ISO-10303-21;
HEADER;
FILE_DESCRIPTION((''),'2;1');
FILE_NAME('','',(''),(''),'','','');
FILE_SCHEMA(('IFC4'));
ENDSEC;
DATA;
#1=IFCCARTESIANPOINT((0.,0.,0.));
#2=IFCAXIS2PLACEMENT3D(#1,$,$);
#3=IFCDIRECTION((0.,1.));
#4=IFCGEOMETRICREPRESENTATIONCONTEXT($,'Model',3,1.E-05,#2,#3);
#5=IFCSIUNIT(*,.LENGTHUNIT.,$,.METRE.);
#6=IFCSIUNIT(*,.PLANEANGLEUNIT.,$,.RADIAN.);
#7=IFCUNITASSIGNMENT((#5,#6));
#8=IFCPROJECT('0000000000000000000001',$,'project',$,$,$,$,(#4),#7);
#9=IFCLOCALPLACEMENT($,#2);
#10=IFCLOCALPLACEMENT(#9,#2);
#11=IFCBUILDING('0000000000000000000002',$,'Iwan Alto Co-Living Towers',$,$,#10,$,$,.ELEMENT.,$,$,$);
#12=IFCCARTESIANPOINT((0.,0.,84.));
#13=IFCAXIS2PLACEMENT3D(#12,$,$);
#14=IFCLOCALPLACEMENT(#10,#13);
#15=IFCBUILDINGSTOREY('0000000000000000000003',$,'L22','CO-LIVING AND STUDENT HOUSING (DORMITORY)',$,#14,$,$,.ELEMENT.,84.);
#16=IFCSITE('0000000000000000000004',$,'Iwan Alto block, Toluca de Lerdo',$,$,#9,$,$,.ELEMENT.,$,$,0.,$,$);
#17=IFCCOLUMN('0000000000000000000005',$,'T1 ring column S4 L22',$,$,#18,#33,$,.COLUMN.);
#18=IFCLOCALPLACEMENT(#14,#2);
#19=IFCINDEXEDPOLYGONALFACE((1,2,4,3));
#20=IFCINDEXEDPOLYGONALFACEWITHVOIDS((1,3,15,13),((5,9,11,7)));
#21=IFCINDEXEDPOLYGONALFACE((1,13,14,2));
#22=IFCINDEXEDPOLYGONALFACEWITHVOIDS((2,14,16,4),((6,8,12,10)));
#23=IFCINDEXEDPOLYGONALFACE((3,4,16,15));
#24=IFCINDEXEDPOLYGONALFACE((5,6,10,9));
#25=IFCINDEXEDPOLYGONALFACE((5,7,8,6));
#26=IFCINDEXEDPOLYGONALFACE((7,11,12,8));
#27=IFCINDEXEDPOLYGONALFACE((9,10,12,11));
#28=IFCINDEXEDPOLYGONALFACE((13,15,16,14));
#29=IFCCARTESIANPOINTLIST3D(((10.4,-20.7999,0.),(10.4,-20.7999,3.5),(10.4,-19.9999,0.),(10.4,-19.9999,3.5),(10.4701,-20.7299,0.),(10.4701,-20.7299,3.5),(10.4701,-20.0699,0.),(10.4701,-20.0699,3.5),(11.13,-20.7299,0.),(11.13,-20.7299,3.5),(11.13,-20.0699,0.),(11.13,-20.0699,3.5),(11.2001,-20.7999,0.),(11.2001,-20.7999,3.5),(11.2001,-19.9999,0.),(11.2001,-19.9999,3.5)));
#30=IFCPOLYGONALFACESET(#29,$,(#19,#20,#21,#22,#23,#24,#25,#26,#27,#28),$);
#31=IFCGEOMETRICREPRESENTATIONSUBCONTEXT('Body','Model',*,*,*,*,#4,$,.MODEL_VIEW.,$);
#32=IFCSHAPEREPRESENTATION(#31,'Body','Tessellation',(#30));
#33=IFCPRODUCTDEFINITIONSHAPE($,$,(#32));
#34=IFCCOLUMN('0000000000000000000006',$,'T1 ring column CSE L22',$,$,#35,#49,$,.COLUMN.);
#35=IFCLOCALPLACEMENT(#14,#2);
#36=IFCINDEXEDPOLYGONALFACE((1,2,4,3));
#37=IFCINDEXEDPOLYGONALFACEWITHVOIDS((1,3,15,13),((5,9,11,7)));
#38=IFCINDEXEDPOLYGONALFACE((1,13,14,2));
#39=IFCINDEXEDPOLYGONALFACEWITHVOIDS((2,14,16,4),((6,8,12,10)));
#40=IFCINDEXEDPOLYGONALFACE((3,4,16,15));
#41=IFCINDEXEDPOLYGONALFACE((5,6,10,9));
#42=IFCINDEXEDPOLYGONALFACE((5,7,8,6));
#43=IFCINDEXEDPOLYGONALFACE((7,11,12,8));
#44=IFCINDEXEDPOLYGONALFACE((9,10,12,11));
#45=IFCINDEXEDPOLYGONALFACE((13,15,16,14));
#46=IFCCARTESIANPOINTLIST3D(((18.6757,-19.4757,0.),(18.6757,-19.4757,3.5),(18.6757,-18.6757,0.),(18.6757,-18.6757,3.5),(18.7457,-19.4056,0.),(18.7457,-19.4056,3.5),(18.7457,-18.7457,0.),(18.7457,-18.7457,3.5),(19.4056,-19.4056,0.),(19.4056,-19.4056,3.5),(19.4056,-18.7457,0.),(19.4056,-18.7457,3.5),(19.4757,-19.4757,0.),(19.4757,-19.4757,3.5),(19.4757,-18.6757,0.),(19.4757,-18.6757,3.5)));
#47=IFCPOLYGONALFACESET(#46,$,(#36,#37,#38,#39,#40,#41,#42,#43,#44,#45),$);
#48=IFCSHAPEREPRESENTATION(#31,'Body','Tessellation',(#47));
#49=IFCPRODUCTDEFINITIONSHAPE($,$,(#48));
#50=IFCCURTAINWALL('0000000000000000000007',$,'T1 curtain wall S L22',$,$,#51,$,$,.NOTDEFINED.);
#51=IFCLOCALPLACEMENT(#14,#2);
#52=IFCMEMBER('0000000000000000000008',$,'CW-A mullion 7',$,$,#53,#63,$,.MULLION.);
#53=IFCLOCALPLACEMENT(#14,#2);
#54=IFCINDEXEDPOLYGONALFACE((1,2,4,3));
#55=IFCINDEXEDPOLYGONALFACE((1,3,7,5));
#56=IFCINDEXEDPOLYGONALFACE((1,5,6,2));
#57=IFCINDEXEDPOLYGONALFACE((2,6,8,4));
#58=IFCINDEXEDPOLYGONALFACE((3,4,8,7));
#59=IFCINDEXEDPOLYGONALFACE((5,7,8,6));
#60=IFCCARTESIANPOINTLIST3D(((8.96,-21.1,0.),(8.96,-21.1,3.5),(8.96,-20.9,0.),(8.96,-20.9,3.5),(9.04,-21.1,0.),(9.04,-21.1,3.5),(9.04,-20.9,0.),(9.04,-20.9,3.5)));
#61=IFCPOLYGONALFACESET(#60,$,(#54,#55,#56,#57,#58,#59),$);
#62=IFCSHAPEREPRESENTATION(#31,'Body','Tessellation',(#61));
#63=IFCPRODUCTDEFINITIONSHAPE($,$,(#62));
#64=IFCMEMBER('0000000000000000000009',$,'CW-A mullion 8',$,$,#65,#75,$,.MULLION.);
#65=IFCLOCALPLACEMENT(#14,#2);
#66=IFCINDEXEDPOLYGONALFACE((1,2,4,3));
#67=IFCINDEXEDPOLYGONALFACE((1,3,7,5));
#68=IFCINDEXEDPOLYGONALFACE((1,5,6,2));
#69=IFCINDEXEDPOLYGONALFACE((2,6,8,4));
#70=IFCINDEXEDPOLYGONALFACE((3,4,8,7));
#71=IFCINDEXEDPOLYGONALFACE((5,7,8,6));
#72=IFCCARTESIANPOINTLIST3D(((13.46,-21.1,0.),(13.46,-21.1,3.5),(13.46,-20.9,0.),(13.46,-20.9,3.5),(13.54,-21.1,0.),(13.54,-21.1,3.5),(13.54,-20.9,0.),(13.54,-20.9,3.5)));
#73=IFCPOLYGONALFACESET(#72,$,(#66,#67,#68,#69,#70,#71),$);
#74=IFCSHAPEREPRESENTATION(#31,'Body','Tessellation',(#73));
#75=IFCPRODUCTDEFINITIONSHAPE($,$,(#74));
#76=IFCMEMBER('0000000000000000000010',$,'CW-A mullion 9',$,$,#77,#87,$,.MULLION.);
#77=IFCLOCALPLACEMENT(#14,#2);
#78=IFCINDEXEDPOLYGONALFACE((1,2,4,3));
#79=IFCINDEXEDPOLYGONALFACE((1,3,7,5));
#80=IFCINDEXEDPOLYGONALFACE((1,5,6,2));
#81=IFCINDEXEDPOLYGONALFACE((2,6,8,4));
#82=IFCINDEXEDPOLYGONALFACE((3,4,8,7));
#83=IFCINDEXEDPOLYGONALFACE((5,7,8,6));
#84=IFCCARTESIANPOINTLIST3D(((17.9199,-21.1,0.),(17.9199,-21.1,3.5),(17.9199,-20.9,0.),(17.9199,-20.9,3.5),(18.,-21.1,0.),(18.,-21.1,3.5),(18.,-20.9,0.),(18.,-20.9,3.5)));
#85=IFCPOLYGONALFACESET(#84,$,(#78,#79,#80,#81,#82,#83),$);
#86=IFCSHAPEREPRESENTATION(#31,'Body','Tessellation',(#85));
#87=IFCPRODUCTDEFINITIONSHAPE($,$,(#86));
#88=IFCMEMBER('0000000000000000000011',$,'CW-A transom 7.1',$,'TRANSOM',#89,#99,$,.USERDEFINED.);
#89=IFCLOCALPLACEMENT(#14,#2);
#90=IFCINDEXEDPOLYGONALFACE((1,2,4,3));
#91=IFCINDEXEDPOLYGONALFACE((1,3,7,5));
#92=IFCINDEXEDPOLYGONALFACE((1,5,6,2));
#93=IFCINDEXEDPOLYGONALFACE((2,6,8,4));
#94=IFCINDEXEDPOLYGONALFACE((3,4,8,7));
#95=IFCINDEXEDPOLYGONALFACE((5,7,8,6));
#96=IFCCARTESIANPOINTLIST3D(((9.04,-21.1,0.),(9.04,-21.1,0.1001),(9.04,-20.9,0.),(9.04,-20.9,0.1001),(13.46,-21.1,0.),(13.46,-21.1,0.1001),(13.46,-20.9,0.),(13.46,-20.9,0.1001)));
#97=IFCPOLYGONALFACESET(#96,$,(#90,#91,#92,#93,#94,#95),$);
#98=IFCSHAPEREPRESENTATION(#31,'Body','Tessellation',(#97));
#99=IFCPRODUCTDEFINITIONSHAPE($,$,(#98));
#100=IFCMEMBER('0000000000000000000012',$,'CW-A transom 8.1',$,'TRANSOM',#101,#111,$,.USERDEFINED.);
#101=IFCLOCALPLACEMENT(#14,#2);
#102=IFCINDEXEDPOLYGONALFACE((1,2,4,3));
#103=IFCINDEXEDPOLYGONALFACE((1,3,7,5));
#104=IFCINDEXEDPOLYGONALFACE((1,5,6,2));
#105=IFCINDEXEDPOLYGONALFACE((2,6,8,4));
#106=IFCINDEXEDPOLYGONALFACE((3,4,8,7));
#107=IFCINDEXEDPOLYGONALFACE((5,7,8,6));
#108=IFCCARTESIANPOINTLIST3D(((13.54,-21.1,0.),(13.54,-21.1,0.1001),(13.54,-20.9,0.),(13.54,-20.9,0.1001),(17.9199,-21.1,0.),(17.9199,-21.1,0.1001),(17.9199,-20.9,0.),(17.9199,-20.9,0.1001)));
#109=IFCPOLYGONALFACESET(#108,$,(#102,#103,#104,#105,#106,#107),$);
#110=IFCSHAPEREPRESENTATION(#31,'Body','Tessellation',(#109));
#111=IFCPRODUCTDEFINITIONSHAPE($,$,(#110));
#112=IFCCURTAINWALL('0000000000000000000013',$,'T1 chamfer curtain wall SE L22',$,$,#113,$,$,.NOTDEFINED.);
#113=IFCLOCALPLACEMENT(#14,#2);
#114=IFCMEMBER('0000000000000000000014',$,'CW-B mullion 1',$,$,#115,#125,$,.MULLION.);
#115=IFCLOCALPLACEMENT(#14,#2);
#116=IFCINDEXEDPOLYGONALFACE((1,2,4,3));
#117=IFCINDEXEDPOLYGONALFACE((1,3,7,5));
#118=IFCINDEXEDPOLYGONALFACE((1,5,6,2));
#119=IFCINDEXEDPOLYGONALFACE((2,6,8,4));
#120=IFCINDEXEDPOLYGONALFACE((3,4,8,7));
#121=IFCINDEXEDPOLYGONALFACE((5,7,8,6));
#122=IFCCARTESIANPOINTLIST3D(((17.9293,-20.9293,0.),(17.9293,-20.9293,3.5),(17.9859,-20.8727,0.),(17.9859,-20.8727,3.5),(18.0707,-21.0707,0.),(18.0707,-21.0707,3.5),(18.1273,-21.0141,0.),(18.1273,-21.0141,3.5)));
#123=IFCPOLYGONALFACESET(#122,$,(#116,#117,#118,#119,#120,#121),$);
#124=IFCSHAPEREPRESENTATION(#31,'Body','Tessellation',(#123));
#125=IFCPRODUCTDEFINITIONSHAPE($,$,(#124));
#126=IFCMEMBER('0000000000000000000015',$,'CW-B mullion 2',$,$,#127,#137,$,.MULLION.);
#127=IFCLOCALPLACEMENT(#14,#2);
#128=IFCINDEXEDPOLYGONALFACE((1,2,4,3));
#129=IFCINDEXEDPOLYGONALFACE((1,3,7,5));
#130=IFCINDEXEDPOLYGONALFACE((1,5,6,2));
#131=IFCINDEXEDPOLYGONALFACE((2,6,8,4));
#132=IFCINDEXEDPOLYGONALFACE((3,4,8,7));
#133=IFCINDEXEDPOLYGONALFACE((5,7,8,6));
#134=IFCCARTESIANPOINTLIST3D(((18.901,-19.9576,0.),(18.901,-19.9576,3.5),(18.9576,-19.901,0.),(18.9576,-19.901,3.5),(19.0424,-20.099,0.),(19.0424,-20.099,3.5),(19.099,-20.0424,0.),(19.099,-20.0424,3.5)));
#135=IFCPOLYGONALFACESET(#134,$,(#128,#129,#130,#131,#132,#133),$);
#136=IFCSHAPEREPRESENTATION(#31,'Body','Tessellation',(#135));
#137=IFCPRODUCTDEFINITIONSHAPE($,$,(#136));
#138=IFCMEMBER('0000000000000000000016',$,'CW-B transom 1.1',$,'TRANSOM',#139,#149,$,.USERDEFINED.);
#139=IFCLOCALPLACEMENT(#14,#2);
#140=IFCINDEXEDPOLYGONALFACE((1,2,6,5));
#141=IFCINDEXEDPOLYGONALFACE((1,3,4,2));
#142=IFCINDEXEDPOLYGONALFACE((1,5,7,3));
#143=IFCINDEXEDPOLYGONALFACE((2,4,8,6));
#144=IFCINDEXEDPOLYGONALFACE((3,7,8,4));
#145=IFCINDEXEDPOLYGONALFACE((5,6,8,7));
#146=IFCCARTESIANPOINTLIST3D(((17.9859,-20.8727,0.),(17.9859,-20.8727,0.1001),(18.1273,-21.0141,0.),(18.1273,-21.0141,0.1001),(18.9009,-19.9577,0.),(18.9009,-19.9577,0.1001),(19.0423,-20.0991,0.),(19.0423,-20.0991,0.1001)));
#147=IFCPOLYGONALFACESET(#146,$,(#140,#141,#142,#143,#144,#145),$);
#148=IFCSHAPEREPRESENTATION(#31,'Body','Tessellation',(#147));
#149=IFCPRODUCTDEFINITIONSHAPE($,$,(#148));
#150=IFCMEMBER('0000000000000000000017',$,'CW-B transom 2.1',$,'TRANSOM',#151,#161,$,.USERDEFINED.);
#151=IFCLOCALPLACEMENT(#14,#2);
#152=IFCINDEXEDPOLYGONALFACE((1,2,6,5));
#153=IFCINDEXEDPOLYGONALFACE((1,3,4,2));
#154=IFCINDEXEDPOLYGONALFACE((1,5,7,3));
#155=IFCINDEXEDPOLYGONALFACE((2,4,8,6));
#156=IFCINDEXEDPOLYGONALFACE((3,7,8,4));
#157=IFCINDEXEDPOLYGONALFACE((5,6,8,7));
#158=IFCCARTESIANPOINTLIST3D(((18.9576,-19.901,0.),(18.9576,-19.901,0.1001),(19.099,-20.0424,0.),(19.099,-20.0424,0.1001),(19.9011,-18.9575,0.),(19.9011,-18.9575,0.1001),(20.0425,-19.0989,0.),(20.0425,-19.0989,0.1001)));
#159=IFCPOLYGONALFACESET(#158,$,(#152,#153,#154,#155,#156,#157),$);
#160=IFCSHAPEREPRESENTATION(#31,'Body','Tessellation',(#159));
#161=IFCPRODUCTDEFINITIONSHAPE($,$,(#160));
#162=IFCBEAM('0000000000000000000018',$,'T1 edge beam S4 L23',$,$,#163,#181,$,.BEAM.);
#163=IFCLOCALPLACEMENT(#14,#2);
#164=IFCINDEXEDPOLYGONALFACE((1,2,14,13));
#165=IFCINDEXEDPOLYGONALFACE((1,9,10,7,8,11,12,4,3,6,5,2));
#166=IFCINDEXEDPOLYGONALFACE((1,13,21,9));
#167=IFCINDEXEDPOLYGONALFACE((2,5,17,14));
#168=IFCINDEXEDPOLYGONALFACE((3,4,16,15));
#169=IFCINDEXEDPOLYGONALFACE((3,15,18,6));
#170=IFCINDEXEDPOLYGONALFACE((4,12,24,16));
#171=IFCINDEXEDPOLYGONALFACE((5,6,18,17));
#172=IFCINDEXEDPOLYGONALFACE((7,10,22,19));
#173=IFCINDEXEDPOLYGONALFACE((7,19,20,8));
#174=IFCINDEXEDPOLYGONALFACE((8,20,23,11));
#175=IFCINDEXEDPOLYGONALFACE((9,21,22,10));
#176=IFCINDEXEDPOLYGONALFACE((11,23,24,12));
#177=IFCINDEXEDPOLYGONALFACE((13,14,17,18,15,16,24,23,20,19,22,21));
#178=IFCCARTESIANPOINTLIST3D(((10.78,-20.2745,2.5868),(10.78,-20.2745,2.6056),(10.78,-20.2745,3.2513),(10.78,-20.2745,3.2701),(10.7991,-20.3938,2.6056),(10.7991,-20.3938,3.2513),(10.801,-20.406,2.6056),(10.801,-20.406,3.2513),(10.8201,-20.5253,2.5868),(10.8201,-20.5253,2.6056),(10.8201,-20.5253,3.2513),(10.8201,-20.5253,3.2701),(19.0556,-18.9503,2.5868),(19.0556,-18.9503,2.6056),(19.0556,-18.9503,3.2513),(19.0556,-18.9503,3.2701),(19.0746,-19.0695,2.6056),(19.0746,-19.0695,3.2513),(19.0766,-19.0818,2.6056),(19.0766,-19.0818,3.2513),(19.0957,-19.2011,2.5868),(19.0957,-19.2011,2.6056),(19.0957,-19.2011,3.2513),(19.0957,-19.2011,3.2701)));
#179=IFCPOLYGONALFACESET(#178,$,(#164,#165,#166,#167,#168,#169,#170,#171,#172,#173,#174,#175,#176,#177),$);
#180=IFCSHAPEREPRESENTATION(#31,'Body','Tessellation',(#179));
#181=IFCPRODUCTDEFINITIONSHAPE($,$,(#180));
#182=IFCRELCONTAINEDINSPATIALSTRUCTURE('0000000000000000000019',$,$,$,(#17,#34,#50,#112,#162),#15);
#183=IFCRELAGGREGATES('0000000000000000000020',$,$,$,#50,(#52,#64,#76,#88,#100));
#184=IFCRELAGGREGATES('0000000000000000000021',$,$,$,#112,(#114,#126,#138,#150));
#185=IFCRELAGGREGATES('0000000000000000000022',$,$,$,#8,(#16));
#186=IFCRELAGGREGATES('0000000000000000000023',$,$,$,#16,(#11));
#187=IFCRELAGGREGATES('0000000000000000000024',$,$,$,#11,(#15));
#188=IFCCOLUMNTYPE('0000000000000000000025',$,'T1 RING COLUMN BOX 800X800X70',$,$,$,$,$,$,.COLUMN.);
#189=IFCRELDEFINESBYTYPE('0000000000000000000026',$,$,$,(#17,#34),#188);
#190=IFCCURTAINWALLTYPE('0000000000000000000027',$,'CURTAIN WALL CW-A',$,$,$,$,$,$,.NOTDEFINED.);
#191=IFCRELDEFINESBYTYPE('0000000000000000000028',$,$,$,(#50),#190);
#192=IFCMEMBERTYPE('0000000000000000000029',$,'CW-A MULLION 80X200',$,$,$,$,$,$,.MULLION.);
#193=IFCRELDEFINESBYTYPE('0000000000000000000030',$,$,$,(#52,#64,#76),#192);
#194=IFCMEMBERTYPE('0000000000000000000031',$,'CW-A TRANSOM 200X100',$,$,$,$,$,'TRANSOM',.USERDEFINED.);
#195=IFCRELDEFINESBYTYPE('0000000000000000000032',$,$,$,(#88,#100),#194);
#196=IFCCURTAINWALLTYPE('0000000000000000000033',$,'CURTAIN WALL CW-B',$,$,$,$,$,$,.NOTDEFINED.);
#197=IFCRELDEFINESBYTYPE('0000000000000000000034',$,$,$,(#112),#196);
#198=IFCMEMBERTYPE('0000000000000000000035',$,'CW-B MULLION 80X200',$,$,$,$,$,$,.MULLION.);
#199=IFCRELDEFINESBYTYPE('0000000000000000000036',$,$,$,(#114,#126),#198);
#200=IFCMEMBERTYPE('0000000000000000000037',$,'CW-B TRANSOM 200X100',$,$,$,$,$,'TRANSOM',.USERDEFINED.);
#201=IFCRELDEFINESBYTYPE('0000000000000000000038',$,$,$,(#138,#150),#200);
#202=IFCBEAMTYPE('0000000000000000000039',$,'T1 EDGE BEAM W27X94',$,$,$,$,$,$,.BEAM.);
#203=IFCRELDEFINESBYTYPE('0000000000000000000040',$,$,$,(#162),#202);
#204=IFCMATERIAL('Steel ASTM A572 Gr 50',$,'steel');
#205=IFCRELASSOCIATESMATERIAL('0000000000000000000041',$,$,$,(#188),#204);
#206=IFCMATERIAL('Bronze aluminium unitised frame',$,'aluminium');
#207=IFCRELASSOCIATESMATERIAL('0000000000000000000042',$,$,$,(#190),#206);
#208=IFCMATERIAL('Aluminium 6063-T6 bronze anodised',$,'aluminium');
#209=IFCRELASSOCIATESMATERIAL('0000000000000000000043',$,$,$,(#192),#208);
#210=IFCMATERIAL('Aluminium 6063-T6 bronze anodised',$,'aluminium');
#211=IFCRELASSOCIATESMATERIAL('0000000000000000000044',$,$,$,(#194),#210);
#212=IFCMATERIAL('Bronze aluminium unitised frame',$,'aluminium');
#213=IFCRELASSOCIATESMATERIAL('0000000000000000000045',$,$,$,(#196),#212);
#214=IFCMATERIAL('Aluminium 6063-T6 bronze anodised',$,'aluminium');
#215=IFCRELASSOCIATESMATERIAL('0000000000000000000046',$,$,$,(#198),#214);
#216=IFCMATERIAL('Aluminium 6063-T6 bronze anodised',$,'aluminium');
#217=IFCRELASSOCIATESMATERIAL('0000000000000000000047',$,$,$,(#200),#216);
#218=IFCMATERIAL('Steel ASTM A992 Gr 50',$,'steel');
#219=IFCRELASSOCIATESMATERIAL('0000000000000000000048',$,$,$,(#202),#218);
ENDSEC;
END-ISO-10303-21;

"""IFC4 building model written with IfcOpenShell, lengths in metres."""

from ifc_helpers import new_model, si_unit, direction, frame, origin, origin_2d, place, context, subcontext, project, spatial, rectangle, hollow_rectangle, i_section, extrude, material, material_profile, profile_set, type_object, element, aggregate, save


model = new_model("IFC4")

# Units and contexts
model_context = context("Model", 3, precision=1e-05, world=origin(), true_north=direction((0.0, 1.0)))
body_context = subcontext(model_context, "Body", "Model", "MODEL_VIEW")
ifc_project = project(units=[si_unit("LENGTHUNIT", "METRE"), si_unit("PLANEANGLEUNIT", "RADIAN")], contexts=[model_context])

# Site, building, storey
site_placement = place(None, origin())
site = spatial("IfcSite", under=ifc_project, at=site_placement, Name="Iwan Alto block, Toluca de Lerdo", CompositionType="ELEMENT", RefElevation=0.0)
building_placement = place(site_placement, origin())
building = spatial("IfcBuilding", under=site, at=building_placement, Name="Iwan Alto Co-Living Towers", CompositionType="ELEMENT")
storey_placement = place(building_placement, frame((0.0, 0.0, 84.0)))
storey = spatial("IfcBuildingStorey", under=building, at=storey_placement, Name="L22", Description="CO-LIVING AND STUDENT HOUSING (DORMITORY)", CompositionType="ELEMENT", Elevation=84.0)

# Columns
ifc_material_1 = material(Name="Steel ASTM A572 Gr 50", Category="steel")
ifc_material_profile_1 = material_profile(ifc_material_1, hollow_rectangle(XDim=0.8, YDim=0.8, WallThickness=0.0701, at=origin_2d()), Name="BOX 800X800X70")
ifc_profile_set_1 = profile_set([ifc_material_profile_1], Name="Steel ASTM A572 Gr 50")
column_type = type_object("IfcColumnType", Name="T1 RING COLUMN BOX 800X800X70", PredefinedType="COLUMN", material=ifc_profile_set_1)
for number, where, z_axis, x_axis, name in (
    (1, (10.8, -20.3999, 0.0), (0.0, 0.0, 1.0), (1.0, 0.0, 0.0), "T1 ring column S4 L22"),
    (2, (19.0757, -19.0757, 0.0), (0.0, 0.0, 1.0), (1.0, 0.0, 0.0), "T1 ring column CSE L22"),
):
    element("IfcColumn", number, at=place(storey_placement, frame(where, z_axis=z_axis, x_axis=x_axis)), inside=storey, type_object=column_type, Name=name, PredefinedType="COLUMN", context=body_context, shape_type="SweptSolid", body=[
        extrude(hollow_rectangle(XDim=0.8, YDim=0.8, WallThickness=0.0701, at=origin_2d()), origin(), (0.0, 0.0, 1.0), 3.5),
    ])

# Curtain walls, members
ifc_material_2 = material(Name="Bronze aluminium unitised frame", Category="aluminium")
curtain_wall_type_1 = type_object("IfcCurtainWallType", Name="CURTAIN WALL CW-A", PredefinedType="NOTDEFINED", material=ifc_material_2)
curtain_wall_1_placement = place(storey_placement, origin())
curtain_wall_1 = element("IfcCurtainWall", 3, at=curtain_wall_1_placement, inside=storey, type_object=curtain_wall_type_1, Name="T1 curtain wall S L22", PredefinedType="NOTDEFINED")
ifc_material_3 = material(Name="Aluminium 6063-T6 bronze anodised", Category="aluminium")
ifc_material_profile_2 = material_profile(ifc_material_3, rectangle(XDim=0.2, YDim=0.0801, at=origin_2d()), Name="AL 80X200")
ifc_profile_set_2 = profile_set([ifc_material_profile_2], Name="Aluminium 6063-T6 bronze anodised")
member_type_1 = type_object("IfcMemberType", Name="CW-A MULLION 80X200", PredefinedType="MULLION", material=ifc_profile_set_2)
member_1_placement = place(storey_placement, frame((9.0, -21.0, 0.0), z_axis=(0.0, 0.0, 1.0), x_axis=(0.0, 1.0, 0.0)))
member_1 = element("IfcMember", 4, at=member_1_placement, type_object=member_type_1, Name="CW-A mullion 7", PredefinedType="MULLION", context=body_context, shape_type="SweptSolid", body=[
    extrude(rectangle(XDim=0.2, YDim=0.0801, at=origin_2d()), origin(), (0.0, 0.0, 1.0), 3.5),
])
member_2_placement = place(storey_placement, frame((13.5, -21.0, 0.0), z_axis=(0.0, 0.0, 1.0), x_axis=(0.0, 1.0, 0.0)))
member_2 = element("IfcMember", 5, at=member_2_placement, type_object=member_type_1, Name="CW-A mullion 8", PredefinedType="MULLION", context=body_context, shape_type="SweptSolid", body=[
    extrude(rectangle(XDim=0.2, YDim=0.0801, at=origin_2d()), origin(), (0.0, 0.0, 1.0), 3.5),
])
member_3_placement = place(storey_placement, frame((17.96, -21.0, 0.0), z_axis=(0.0, 0.0, 1.0), x_axis=(0.0, 1.0, 0.0)))
member_3 = element("IfcMember", 6, at=member_3_placement, type_object=member_type_1, Name="CW-A mullion 9", PredefinedType="MULLION", context=body_context, shape_type="SweptSolid", body=[
    extrude(rectangle(XDim=0.2, YDim=0.0801, at=origin_2d()), origin(), (0.0, 0.0, 1.0), 3.5),
])
ifc_material_4 = material(Name="Aluminium 6063-T6 bronze anodised", Category="aluminium")
ifc_material_profile_3 = material_profile(ifc_material_4, rectangle(XDim=0.2, YDim=0.1001, at=origin_2d()), Name="AL 200X100")
ifc_profile_set_3 = profile_set([ifc_material_profile_3], Name="Aluminium 6063-T6 bronze anodised")
member_type_2 = type_object("IfcMemberType", Name="CW-A TRANSOM 200X100", ElementType="TRANSOM", PredefinedType="USERDEFINED", material=ifc_profile_set_3)
member_4_placement = place(storey_placement, frame((9.04, -21.0, 0.05), z_axis=(1.0, 0.0, 0.0), x_axis=(0.0, 1.0, 0.0)))
member_4 = element("IfcMember", 7, at=member_4_placement, type_object=member_type_2, Name="CW-A transom 7.1", ObjectType="TRANSOM", PredefinedType="USERDEFINED", context=body_context, shape_type="SweptSolid", body=[
    extrude(rectangle(XDim=0.2, YDim=0.1001, at=origin_2d()), origin(), (0.0, 0.0, 1.0), 4.4199),
])
member_5_placement = place(storey_placement, frame((13.54, -21.0, 0.05), z_axis=(1.0, 0.0, 0.0), x_axis=(0.0, 1.0, 0.0)))
member_5 = element("IfcMember", 8, at=member_5_placement, type_object=member_type_2, Name="CW-A transom 8.1", ObjectType="TRANSOM", PredefinedType="USERDEFINED", context=body_context, shape_type="SweptSolid", body=[
    extrude(rectangle(XDim=0.2, YDim=0.1001, at=origin_2d()), origin(), (0.0, 0.0, 1.0), 4.3799),
])
ifc_material_5 = material(Name="Bronze aluminium unitised frame", Category="aluminium")
curtain_wall_type_2 = type_object("IfcCurtainWallType", Name="CURTAIN WALL CW-B", PredefinedType="NOTDEFINED", material=ifc_material_5)
curtain_wall_2_placement = place(storey_placement, origin())
curtain_wall_2 = element("IfcCurtainWall", 9, at=curtain_wall_2_placement, inside=storey, type_object=curtain_wall_type_2, Name="T1 chamfer curtain wall SE L22", PredefinedType="NOTDEFINED")
ifc_material_6 = material(Name="Aluminium 6063-T6 bronze anodised", Category="aluminium")
ifc_material_profile_4 = material_profile(ifc_material_6, rectangle(XDim=0.2, YDim=0.0801, at=origin_2d()), Name="AL 80X200")
ifc_profile_set_4 = profile_set([ifc_material_profile_4], Name="Aluminium 6063-T6 bronze anodised")
member_type_3 = type_object("IfcMemberType", Name="CW-B MULLION 80X200", PredefinedType="MULLION", material=ifc_profile_set_4)
member_6_placement = place(storey_placement, frame((18.0283, -20.9717, 0.0), z_axis=(0.0, 0.0, 1.0), x_axis=(-0.707107, 0.707107, 0.0)))
member_6 = element("IfcMember", 10, at=member_6_placement, type_object=member_type_3, Name="CW-B mullion 1", PredefinedType="MULLION", context=body_context, shape_type="SweptSolid", body=[
    extrude(rectangle(XDim=0.2, YDim=0.0801, at=origin_2d()), origin(), (0.0, 0.0, 1.0), 3.5),
])
member_7_placement = place(storey_placement, frame((19.0, -20.0, 0.0), z_axis=(0.0, 0.0, 1.0), x_axis=(-0.707107, 0.707107, 0.0)))
member_7 = element("IfcMember", 11, at=member_7_placement, type_object=member_type_3, Name="CW-B mullion 2", PredefinedType="MULLION", context=body_context, shape_type="SweptSolid", body=[
    extrude(rectangle(XDim=0.2, YDim=0.0801, at=origin_2d()), origin(), (0.0, 0.0, 1.0), 3.5),
])
ifc_material_7 = material(Name="Aluminium 6063-T6 bronze anodised", Category="aluminium")
ifc_material_profile_5 = material_profile(ifc_material_7, rectangle(XDim=0.2, YDim=0.1001, at=origin_2d()), Name="AL 200X100")
ifc_profile_set_5 = profile_set([ifc_material_profile_5], Name="Aluminium 6063-T6 bronze anodised")
member_type_4 = type_object("IfcMemberType", Name="CW-B TRANSOM 200X100", ElementType="TRANSOM", PredefinedType="USERDEFINED", material=ifc_profile_set_5)
member_8_placement = place(storey_placement, frame((18.0566, -20.9434, 0.05), z_axis=(0.707107, 0.707107, 0.0), x_axis=(-0.707107, 0.707107, 0.0)))
member_8 = element("IfcMember", 12, at=member_8_placement, type_object=member_type_4, Name="CW-B transom 1.1", ObjectType="TRANSOM", PredefinedType="USERDEFINED", context=body_context, shape_type="SweptSolid", body=[
    extrude(rectangle(XDim=0.2, YDim=0.1001, at=origin_2d()), origin(), (0.0, 0.0, 1.0), 1.2939),
])
member_9_placement = place(storey_placement, frame((19.0283, -19.9717, 0.05), z_axis=(0.707107, 0.707107, 0.0), x_axis=(-0.707107, 0.707107, 0.0)))
member_9 = element("IfcMember", 13, at=member_9_placement, type_object=member_type_4, Name="CW-B transom 2.1", ObjectType="TRANSOM", PredefinedType="USERDEFINED", context=body_context, shape_type="SweptSolid", body=[
    extrude(rectangle(XDim=0.2, YDim=0.1001, at=origin_2d()), origin(), (0.0, 0.0, 1.0), 1.3342),
])

# Beam
ifc_material_8 = material(Name="Steel ASTM A992 Gr 50", Category="steel")
ifc_material_profile_6 = material_profile(ifc_material_8, i_section(OverallWidth=0.2539, OverallDepth=0.6833, WebThickness=0.0125, FlangeThickness=0.0188, at=origin_2d()), Name="W27X94")
ifc_profile_set_6 = profile_set([ifc_material_profile_6], Name="Steel ASTM A992 Gr 50")
beam_type_1 = type_object("IfcBeamType", Name="T1 EDGE BEAM W27X94", PredefinedType="BEAM", material=ifc_profile_set_6)
for number, where, z_axis, x_axis, name in (
    (14, (10.8, -20.3999, 2.9285), (0.987438, 0.158004, 0.0), (-0.158004, 0.987438, 0.0), "T1 edge beam S4 L23"),
):
    element("IfcBeam", number, at=place(storey_placement, frame(where, z_axis=z_axis, x_axis=x_axis)), inside=storey, type_object=beam_type_1, Name=name, PredefinedType="BEAM", context=body_context, shape_type="SweptSolid", body=[
        extrude(i_section(OverallWidth=0.2539, OverallDepth=0.6833, WebThickness=0.0125, FlangeThickness=0.0188, at=origin_2d()), origin(), (0.0, 0.0, 1.0), 8.3809),
    ])

aggregate(curtain_wall_1, [member_1, member_2, member_3, member_4, member_5])
aggregate(curtain_wall_2, [member_6, member_7, member_8, member_9])

save(model, "model.ifc")
